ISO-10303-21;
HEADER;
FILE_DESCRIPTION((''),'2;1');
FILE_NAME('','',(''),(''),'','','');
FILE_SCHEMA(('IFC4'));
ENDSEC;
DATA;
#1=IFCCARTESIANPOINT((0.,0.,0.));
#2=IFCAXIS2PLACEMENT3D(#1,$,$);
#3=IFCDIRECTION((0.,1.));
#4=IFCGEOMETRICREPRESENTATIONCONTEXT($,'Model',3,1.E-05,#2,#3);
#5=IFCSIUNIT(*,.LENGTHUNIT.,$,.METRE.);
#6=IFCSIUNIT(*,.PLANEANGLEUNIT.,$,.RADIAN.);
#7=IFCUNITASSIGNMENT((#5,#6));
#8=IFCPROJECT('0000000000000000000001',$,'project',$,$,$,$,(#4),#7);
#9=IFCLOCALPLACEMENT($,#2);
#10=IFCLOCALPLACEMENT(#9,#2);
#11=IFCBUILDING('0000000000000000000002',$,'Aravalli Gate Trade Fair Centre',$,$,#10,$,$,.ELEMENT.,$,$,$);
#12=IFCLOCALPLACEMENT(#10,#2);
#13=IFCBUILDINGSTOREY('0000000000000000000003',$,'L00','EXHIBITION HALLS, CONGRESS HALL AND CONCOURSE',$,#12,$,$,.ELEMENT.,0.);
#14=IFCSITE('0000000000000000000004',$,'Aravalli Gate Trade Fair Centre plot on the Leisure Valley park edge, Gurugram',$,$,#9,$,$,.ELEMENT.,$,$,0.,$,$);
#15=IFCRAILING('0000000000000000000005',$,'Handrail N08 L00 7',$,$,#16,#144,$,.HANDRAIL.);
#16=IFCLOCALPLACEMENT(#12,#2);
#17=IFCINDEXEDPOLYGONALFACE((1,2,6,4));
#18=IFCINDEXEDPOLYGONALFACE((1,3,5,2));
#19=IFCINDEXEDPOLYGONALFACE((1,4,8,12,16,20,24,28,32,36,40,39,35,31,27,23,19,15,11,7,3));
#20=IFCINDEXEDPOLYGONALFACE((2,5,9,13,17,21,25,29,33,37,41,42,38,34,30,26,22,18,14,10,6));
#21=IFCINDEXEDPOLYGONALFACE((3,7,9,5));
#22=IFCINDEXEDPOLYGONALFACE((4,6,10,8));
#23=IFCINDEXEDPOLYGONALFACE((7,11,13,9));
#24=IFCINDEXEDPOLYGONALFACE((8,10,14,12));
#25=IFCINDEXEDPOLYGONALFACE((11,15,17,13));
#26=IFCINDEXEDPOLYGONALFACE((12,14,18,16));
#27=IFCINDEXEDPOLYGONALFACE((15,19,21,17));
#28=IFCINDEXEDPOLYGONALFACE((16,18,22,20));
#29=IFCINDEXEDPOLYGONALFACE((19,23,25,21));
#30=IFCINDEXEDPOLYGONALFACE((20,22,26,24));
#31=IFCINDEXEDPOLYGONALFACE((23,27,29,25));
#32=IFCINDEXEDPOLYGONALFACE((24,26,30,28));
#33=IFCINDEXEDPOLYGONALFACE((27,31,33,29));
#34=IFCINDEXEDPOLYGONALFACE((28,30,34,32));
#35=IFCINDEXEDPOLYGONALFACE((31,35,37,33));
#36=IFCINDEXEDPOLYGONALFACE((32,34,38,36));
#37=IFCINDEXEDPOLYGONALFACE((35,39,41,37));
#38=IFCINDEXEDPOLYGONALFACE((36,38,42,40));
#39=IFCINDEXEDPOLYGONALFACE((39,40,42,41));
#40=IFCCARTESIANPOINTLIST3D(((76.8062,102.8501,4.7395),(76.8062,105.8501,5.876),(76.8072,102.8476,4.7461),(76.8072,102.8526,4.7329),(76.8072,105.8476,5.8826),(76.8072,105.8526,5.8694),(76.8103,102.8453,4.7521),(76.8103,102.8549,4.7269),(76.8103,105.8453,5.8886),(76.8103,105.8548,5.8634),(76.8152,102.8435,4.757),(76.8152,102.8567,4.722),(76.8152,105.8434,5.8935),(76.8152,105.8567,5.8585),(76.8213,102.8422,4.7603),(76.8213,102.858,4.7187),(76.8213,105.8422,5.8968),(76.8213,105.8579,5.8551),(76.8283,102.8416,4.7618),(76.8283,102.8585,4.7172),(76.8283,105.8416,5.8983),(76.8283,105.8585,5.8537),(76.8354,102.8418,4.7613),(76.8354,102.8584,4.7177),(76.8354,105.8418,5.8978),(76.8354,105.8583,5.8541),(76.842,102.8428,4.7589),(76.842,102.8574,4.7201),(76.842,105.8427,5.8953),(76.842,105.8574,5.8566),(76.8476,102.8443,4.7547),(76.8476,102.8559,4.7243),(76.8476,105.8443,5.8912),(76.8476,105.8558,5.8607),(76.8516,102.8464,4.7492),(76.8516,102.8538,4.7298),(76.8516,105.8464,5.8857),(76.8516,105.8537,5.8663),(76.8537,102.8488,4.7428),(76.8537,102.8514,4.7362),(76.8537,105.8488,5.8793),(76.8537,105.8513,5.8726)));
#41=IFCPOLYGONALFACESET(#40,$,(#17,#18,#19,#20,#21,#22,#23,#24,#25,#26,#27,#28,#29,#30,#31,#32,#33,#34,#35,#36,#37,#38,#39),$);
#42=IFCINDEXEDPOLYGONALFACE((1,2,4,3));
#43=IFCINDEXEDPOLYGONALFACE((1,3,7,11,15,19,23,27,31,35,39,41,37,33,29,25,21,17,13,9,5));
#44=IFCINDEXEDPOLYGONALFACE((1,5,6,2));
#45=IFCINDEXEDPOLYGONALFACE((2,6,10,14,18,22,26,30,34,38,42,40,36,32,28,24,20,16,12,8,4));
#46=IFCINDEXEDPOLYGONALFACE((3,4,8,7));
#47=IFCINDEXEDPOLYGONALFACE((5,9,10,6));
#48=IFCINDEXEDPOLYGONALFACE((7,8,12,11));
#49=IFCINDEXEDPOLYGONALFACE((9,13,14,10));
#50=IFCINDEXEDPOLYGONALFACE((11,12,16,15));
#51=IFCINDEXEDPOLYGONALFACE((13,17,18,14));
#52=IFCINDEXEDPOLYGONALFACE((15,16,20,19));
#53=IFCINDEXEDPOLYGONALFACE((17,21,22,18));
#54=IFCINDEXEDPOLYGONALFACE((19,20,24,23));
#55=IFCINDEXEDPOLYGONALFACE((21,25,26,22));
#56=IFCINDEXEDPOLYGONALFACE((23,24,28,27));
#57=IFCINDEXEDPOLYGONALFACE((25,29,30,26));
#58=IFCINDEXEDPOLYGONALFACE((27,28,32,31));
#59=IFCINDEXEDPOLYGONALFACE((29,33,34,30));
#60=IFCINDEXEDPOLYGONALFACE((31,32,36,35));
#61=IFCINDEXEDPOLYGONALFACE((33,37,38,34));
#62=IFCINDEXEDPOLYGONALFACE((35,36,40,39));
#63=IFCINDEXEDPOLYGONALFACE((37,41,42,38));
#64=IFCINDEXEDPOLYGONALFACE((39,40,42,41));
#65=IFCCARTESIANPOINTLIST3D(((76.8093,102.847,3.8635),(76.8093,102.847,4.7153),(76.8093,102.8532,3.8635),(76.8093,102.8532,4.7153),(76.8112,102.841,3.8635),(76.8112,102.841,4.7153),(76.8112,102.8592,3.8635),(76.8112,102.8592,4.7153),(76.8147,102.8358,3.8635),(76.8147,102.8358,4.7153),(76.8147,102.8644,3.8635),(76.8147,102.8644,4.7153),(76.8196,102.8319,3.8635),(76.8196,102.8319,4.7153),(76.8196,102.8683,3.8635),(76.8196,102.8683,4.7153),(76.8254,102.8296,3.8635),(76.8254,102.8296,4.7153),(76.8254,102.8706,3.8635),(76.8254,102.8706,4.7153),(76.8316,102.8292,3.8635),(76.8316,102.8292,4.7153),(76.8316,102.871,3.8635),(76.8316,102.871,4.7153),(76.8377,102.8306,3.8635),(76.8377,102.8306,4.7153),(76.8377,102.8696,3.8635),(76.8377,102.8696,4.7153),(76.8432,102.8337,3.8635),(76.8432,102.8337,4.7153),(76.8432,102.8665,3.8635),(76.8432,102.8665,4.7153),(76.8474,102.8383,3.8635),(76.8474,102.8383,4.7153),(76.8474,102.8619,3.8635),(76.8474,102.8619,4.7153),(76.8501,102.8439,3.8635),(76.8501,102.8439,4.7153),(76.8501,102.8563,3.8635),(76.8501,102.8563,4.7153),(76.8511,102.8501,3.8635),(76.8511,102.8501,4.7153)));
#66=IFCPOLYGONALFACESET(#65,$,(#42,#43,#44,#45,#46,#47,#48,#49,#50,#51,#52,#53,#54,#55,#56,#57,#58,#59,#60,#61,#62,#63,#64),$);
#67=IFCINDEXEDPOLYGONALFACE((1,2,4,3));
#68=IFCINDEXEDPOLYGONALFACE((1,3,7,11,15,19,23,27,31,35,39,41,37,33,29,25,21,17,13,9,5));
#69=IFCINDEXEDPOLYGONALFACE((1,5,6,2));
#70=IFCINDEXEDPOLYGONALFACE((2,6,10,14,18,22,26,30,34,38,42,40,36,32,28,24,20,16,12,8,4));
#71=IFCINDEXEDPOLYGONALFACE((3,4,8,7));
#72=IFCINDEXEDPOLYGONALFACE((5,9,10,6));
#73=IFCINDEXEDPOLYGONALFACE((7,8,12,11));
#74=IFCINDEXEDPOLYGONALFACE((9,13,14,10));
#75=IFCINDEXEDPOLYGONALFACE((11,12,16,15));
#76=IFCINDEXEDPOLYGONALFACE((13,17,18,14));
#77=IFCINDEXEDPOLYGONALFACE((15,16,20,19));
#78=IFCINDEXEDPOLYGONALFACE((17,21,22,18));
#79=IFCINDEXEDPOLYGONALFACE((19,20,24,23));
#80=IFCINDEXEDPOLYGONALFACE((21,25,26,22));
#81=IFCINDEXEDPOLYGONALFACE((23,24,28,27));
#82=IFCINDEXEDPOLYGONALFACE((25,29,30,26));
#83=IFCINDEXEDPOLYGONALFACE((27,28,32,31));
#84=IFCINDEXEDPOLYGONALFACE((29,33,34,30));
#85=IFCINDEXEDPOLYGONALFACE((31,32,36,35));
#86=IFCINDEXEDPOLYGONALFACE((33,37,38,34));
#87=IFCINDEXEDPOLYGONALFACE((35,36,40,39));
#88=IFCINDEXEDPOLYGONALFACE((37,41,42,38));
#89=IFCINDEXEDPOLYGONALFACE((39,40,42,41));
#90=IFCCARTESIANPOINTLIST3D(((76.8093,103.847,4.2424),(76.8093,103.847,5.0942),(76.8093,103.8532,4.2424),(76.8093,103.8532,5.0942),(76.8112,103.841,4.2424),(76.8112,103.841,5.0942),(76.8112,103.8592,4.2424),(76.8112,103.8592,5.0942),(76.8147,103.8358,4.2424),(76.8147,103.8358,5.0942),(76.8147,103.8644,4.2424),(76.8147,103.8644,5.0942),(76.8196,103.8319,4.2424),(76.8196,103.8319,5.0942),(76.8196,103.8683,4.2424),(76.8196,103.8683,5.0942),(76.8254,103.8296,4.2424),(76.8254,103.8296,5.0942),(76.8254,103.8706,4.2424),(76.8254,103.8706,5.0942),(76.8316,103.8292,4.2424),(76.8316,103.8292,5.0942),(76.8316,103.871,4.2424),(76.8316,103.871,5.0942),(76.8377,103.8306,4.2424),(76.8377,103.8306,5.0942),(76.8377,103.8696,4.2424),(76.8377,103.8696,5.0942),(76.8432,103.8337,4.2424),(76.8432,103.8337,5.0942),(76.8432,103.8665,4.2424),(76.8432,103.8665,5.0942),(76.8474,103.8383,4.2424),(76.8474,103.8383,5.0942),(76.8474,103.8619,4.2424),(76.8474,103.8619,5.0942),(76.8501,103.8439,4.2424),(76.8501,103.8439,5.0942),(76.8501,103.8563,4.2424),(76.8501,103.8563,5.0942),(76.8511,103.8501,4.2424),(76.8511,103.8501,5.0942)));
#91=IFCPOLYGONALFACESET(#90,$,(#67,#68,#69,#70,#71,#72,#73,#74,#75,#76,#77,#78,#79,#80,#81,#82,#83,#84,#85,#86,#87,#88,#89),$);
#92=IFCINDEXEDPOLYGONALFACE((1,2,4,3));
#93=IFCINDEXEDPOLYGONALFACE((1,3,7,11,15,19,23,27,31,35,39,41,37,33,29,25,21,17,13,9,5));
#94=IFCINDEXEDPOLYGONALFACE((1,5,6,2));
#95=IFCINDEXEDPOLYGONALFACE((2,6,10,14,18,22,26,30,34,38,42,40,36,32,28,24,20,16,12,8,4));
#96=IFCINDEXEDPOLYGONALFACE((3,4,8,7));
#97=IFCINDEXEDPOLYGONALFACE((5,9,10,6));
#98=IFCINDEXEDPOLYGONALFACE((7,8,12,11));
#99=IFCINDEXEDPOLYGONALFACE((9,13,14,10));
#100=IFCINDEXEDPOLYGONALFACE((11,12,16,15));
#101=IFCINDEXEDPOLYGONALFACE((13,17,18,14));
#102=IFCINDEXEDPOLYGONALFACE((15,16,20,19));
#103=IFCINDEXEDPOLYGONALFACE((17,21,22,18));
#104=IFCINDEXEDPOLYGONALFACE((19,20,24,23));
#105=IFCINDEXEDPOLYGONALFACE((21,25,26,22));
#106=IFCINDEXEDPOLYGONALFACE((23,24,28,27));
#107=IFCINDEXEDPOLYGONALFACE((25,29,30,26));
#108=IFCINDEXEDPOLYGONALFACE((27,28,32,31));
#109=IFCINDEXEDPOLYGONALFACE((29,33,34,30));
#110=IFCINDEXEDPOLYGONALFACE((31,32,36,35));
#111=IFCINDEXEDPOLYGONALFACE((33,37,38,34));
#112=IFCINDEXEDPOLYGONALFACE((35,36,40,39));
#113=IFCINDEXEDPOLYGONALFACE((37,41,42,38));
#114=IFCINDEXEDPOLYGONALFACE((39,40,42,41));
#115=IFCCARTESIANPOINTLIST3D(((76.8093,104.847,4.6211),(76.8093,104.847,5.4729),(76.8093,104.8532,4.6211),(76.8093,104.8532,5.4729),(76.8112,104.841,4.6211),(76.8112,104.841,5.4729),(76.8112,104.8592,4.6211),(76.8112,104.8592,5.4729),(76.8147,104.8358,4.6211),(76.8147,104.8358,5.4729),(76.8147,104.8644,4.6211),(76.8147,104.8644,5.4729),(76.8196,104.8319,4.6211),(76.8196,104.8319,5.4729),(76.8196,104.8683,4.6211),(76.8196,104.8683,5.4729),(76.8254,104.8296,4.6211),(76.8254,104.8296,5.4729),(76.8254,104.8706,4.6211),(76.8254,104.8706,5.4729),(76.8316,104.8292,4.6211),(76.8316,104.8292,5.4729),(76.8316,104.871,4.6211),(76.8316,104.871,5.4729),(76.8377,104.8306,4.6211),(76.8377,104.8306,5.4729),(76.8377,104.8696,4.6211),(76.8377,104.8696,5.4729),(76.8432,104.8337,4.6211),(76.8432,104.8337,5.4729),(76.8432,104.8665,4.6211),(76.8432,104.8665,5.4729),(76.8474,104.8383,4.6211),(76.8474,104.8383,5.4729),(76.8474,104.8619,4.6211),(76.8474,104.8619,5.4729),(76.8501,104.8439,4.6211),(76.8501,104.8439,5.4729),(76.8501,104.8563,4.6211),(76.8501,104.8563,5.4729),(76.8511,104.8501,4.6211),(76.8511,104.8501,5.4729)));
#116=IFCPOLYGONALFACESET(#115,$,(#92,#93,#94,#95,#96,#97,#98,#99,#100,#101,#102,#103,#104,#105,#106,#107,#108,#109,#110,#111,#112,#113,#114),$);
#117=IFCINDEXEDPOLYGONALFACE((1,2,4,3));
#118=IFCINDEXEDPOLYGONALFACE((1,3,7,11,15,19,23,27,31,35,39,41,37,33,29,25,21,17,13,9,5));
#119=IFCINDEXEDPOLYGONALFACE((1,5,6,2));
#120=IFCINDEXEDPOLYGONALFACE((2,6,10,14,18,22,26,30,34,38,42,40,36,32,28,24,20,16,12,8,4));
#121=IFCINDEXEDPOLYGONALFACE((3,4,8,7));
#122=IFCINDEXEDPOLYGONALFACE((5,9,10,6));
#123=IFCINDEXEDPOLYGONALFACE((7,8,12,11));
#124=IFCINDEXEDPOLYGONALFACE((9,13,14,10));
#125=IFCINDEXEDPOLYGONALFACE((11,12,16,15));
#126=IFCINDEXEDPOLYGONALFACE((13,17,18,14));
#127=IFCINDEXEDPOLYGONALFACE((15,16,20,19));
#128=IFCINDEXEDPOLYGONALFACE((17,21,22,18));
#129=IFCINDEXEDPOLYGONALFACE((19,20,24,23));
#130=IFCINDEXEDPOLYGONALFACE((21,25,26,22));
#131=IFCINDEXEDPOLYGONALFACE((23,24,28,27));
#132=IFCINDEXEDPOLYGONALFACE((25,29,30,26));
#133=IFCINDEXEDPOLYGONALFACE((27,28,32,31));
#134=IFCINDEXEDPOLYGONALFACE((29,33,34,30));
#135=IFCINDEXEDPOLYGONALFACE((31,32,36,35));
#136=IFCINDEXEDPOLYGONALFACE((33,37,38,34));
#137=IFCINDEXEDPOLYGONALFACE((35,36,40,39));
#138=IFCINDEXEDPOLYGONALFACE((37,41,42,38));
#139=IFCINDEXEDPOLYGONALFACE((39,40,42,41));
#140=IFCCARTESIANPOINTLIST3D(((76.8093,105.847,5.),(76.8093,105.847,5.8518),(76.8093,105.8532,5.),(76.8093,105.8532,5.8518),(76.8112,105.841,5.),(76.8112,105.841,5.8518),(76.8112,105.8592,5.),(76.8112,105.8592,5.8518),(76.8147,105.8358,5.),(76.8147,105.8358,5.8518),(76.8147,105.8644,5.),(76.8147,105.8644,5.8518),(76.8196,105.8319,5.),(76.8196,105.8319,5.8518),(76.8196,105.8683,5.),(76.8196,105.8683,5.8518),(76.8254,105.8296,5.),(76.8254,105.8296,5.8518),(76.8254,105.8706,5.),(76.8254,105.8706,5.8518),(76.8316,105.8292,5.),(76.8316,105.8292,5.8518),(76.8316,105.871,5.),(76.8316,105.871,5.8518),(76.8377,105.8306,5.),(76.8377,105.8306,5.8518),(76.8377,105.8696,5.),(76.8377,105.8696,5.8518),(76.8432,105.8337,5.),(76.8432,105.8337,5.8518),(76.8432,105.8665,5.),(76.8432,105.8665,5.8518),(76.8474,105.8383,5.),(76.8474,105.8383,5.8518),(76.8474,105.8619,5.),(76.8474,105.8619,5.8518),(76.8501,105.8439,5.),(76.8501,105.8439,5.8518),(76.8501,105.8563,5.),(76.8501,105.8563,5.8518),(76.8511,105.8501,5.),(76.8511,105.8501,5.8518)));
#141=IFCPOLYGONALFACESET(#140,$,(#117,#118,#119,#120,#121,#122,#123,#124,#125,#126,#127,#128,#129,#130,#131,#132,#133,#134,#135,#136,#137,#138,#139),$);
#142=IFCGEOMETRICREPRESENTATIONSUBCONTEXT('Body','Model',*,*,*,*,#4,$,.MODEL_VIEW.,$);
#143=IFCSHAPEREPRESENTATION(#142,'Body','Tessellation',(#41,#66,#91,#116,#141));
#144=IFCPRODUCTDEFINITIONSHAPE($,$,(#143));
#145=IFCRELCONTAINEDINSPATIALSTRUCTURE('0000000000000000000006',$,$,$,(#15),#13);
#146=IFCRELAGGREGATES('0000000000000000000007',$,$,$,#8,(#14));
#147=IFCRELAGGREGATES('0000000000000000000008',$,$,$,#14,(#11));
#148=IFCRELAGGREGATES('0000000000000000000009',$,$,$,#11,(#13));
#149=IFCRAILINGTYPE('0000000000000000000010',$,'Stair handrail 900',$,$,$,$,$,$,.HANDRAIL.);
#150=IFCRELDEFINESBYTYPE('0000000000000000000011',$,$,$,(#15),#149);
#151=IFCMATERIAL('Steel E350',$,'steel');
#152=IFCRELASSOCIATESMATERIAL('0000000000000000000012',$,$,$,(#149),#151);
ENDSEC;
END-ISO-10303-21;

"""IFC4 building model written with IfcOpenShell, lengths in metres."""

from ifc_helpers import new_model, si_unit, direction, frame, origin, origin_2d, place, context, subcontext, project, spatial, circle, extrude, material, type_object, element, save


model = new_model("IFC4")

# Units and contexts
model_context = context("Model", 3, precision=1e-05, world=origin(), true_north=direction((0.0, 1.0)))
body_context = subcontext(model_context, "Body", "Model", "MODEL_VIEW")
ifc_project = project(units=[si_unit("LENGTHUNIT", "METRE"), si_unit("PLANEANGLEUNIT", "RADIAN")], contexts=[model_context])

# Site, building, storey
site_placement = place(None, origin())
site = spatial("IfcSite", under=ifc_project, at=site_placement, Name="Aravalli Gate Trade Fair Centre plot on the Leisure Valley park edge, Gurugram", CompositionType="ELEMENT", RefElevation=0.0)
building_placement = place(site_placement, origin())
building = spatial("IfcBuilding", under=site, at=building_placement, Name="Aravalli Gate Trade Fair Centre", CompositionType="ELEMENT")
storey_placement = place(building_placement, origin())
storey = spatial("IfcBuildingStorey", under=building, at=storey_placement, Name="L00", Description="EXHIBITION HALLS, CONGRESS HALL AND CONCOURSE", CompositionType="ELEMENT", Elevation=0.0)

# Shared definitions
ifc_material_1 = material(Name="Steel E350", Category="steel")

# Railing
railing_type = type_object("IfcRailingType", Name="Stair handrail 900", PredefinedType="HANDRAIL", material=ifc_material_1)
railing_1_placement = place(storey_placement, frame((76.8301, 102.8501, 3.8635)))
element("IfcRailing", 1, at=railing_1_placement, inside=storey, type_object=railing_type, Name="Handrail N08 L00 7", PredefinedType="HANDRAIL", context=body_context, shape_type="SweptSolid", body=[
    extrude(circle(Radius=0.0239, at=origin_2d()), frame((0.0, 0.0, 0.876), z_axis=(0.0, 0.935148, 0.354257), x_axis=(-1.0, 0.0, 0.0)), (0.0, 0.0, 1.0), 3.208),
    extrude(circle(Radius=0.021, at=origin_2d()), origin(), (0.0, 0.0, 1.0), 0.8518),
    extrude(circle(Radius=0.021, at=origin_2d()), frame((0.0, 1.0, 0.3789)), (0.0, 0.0, 1.0), 0.8518),
    extrude(circle(Radius=0.021, at=origin_2d()), frame((0.0, 2.0, 0.7576)), (0.0, 0.0, 1.0), 0.8518),
    extrude(circle(Radius=0.021, at=origin_2d()), frame((0.0, 3.0, 1.1365)), (0.0, 0.0, 1.0), 0.8518),
])

save(model, "model.ifc")
